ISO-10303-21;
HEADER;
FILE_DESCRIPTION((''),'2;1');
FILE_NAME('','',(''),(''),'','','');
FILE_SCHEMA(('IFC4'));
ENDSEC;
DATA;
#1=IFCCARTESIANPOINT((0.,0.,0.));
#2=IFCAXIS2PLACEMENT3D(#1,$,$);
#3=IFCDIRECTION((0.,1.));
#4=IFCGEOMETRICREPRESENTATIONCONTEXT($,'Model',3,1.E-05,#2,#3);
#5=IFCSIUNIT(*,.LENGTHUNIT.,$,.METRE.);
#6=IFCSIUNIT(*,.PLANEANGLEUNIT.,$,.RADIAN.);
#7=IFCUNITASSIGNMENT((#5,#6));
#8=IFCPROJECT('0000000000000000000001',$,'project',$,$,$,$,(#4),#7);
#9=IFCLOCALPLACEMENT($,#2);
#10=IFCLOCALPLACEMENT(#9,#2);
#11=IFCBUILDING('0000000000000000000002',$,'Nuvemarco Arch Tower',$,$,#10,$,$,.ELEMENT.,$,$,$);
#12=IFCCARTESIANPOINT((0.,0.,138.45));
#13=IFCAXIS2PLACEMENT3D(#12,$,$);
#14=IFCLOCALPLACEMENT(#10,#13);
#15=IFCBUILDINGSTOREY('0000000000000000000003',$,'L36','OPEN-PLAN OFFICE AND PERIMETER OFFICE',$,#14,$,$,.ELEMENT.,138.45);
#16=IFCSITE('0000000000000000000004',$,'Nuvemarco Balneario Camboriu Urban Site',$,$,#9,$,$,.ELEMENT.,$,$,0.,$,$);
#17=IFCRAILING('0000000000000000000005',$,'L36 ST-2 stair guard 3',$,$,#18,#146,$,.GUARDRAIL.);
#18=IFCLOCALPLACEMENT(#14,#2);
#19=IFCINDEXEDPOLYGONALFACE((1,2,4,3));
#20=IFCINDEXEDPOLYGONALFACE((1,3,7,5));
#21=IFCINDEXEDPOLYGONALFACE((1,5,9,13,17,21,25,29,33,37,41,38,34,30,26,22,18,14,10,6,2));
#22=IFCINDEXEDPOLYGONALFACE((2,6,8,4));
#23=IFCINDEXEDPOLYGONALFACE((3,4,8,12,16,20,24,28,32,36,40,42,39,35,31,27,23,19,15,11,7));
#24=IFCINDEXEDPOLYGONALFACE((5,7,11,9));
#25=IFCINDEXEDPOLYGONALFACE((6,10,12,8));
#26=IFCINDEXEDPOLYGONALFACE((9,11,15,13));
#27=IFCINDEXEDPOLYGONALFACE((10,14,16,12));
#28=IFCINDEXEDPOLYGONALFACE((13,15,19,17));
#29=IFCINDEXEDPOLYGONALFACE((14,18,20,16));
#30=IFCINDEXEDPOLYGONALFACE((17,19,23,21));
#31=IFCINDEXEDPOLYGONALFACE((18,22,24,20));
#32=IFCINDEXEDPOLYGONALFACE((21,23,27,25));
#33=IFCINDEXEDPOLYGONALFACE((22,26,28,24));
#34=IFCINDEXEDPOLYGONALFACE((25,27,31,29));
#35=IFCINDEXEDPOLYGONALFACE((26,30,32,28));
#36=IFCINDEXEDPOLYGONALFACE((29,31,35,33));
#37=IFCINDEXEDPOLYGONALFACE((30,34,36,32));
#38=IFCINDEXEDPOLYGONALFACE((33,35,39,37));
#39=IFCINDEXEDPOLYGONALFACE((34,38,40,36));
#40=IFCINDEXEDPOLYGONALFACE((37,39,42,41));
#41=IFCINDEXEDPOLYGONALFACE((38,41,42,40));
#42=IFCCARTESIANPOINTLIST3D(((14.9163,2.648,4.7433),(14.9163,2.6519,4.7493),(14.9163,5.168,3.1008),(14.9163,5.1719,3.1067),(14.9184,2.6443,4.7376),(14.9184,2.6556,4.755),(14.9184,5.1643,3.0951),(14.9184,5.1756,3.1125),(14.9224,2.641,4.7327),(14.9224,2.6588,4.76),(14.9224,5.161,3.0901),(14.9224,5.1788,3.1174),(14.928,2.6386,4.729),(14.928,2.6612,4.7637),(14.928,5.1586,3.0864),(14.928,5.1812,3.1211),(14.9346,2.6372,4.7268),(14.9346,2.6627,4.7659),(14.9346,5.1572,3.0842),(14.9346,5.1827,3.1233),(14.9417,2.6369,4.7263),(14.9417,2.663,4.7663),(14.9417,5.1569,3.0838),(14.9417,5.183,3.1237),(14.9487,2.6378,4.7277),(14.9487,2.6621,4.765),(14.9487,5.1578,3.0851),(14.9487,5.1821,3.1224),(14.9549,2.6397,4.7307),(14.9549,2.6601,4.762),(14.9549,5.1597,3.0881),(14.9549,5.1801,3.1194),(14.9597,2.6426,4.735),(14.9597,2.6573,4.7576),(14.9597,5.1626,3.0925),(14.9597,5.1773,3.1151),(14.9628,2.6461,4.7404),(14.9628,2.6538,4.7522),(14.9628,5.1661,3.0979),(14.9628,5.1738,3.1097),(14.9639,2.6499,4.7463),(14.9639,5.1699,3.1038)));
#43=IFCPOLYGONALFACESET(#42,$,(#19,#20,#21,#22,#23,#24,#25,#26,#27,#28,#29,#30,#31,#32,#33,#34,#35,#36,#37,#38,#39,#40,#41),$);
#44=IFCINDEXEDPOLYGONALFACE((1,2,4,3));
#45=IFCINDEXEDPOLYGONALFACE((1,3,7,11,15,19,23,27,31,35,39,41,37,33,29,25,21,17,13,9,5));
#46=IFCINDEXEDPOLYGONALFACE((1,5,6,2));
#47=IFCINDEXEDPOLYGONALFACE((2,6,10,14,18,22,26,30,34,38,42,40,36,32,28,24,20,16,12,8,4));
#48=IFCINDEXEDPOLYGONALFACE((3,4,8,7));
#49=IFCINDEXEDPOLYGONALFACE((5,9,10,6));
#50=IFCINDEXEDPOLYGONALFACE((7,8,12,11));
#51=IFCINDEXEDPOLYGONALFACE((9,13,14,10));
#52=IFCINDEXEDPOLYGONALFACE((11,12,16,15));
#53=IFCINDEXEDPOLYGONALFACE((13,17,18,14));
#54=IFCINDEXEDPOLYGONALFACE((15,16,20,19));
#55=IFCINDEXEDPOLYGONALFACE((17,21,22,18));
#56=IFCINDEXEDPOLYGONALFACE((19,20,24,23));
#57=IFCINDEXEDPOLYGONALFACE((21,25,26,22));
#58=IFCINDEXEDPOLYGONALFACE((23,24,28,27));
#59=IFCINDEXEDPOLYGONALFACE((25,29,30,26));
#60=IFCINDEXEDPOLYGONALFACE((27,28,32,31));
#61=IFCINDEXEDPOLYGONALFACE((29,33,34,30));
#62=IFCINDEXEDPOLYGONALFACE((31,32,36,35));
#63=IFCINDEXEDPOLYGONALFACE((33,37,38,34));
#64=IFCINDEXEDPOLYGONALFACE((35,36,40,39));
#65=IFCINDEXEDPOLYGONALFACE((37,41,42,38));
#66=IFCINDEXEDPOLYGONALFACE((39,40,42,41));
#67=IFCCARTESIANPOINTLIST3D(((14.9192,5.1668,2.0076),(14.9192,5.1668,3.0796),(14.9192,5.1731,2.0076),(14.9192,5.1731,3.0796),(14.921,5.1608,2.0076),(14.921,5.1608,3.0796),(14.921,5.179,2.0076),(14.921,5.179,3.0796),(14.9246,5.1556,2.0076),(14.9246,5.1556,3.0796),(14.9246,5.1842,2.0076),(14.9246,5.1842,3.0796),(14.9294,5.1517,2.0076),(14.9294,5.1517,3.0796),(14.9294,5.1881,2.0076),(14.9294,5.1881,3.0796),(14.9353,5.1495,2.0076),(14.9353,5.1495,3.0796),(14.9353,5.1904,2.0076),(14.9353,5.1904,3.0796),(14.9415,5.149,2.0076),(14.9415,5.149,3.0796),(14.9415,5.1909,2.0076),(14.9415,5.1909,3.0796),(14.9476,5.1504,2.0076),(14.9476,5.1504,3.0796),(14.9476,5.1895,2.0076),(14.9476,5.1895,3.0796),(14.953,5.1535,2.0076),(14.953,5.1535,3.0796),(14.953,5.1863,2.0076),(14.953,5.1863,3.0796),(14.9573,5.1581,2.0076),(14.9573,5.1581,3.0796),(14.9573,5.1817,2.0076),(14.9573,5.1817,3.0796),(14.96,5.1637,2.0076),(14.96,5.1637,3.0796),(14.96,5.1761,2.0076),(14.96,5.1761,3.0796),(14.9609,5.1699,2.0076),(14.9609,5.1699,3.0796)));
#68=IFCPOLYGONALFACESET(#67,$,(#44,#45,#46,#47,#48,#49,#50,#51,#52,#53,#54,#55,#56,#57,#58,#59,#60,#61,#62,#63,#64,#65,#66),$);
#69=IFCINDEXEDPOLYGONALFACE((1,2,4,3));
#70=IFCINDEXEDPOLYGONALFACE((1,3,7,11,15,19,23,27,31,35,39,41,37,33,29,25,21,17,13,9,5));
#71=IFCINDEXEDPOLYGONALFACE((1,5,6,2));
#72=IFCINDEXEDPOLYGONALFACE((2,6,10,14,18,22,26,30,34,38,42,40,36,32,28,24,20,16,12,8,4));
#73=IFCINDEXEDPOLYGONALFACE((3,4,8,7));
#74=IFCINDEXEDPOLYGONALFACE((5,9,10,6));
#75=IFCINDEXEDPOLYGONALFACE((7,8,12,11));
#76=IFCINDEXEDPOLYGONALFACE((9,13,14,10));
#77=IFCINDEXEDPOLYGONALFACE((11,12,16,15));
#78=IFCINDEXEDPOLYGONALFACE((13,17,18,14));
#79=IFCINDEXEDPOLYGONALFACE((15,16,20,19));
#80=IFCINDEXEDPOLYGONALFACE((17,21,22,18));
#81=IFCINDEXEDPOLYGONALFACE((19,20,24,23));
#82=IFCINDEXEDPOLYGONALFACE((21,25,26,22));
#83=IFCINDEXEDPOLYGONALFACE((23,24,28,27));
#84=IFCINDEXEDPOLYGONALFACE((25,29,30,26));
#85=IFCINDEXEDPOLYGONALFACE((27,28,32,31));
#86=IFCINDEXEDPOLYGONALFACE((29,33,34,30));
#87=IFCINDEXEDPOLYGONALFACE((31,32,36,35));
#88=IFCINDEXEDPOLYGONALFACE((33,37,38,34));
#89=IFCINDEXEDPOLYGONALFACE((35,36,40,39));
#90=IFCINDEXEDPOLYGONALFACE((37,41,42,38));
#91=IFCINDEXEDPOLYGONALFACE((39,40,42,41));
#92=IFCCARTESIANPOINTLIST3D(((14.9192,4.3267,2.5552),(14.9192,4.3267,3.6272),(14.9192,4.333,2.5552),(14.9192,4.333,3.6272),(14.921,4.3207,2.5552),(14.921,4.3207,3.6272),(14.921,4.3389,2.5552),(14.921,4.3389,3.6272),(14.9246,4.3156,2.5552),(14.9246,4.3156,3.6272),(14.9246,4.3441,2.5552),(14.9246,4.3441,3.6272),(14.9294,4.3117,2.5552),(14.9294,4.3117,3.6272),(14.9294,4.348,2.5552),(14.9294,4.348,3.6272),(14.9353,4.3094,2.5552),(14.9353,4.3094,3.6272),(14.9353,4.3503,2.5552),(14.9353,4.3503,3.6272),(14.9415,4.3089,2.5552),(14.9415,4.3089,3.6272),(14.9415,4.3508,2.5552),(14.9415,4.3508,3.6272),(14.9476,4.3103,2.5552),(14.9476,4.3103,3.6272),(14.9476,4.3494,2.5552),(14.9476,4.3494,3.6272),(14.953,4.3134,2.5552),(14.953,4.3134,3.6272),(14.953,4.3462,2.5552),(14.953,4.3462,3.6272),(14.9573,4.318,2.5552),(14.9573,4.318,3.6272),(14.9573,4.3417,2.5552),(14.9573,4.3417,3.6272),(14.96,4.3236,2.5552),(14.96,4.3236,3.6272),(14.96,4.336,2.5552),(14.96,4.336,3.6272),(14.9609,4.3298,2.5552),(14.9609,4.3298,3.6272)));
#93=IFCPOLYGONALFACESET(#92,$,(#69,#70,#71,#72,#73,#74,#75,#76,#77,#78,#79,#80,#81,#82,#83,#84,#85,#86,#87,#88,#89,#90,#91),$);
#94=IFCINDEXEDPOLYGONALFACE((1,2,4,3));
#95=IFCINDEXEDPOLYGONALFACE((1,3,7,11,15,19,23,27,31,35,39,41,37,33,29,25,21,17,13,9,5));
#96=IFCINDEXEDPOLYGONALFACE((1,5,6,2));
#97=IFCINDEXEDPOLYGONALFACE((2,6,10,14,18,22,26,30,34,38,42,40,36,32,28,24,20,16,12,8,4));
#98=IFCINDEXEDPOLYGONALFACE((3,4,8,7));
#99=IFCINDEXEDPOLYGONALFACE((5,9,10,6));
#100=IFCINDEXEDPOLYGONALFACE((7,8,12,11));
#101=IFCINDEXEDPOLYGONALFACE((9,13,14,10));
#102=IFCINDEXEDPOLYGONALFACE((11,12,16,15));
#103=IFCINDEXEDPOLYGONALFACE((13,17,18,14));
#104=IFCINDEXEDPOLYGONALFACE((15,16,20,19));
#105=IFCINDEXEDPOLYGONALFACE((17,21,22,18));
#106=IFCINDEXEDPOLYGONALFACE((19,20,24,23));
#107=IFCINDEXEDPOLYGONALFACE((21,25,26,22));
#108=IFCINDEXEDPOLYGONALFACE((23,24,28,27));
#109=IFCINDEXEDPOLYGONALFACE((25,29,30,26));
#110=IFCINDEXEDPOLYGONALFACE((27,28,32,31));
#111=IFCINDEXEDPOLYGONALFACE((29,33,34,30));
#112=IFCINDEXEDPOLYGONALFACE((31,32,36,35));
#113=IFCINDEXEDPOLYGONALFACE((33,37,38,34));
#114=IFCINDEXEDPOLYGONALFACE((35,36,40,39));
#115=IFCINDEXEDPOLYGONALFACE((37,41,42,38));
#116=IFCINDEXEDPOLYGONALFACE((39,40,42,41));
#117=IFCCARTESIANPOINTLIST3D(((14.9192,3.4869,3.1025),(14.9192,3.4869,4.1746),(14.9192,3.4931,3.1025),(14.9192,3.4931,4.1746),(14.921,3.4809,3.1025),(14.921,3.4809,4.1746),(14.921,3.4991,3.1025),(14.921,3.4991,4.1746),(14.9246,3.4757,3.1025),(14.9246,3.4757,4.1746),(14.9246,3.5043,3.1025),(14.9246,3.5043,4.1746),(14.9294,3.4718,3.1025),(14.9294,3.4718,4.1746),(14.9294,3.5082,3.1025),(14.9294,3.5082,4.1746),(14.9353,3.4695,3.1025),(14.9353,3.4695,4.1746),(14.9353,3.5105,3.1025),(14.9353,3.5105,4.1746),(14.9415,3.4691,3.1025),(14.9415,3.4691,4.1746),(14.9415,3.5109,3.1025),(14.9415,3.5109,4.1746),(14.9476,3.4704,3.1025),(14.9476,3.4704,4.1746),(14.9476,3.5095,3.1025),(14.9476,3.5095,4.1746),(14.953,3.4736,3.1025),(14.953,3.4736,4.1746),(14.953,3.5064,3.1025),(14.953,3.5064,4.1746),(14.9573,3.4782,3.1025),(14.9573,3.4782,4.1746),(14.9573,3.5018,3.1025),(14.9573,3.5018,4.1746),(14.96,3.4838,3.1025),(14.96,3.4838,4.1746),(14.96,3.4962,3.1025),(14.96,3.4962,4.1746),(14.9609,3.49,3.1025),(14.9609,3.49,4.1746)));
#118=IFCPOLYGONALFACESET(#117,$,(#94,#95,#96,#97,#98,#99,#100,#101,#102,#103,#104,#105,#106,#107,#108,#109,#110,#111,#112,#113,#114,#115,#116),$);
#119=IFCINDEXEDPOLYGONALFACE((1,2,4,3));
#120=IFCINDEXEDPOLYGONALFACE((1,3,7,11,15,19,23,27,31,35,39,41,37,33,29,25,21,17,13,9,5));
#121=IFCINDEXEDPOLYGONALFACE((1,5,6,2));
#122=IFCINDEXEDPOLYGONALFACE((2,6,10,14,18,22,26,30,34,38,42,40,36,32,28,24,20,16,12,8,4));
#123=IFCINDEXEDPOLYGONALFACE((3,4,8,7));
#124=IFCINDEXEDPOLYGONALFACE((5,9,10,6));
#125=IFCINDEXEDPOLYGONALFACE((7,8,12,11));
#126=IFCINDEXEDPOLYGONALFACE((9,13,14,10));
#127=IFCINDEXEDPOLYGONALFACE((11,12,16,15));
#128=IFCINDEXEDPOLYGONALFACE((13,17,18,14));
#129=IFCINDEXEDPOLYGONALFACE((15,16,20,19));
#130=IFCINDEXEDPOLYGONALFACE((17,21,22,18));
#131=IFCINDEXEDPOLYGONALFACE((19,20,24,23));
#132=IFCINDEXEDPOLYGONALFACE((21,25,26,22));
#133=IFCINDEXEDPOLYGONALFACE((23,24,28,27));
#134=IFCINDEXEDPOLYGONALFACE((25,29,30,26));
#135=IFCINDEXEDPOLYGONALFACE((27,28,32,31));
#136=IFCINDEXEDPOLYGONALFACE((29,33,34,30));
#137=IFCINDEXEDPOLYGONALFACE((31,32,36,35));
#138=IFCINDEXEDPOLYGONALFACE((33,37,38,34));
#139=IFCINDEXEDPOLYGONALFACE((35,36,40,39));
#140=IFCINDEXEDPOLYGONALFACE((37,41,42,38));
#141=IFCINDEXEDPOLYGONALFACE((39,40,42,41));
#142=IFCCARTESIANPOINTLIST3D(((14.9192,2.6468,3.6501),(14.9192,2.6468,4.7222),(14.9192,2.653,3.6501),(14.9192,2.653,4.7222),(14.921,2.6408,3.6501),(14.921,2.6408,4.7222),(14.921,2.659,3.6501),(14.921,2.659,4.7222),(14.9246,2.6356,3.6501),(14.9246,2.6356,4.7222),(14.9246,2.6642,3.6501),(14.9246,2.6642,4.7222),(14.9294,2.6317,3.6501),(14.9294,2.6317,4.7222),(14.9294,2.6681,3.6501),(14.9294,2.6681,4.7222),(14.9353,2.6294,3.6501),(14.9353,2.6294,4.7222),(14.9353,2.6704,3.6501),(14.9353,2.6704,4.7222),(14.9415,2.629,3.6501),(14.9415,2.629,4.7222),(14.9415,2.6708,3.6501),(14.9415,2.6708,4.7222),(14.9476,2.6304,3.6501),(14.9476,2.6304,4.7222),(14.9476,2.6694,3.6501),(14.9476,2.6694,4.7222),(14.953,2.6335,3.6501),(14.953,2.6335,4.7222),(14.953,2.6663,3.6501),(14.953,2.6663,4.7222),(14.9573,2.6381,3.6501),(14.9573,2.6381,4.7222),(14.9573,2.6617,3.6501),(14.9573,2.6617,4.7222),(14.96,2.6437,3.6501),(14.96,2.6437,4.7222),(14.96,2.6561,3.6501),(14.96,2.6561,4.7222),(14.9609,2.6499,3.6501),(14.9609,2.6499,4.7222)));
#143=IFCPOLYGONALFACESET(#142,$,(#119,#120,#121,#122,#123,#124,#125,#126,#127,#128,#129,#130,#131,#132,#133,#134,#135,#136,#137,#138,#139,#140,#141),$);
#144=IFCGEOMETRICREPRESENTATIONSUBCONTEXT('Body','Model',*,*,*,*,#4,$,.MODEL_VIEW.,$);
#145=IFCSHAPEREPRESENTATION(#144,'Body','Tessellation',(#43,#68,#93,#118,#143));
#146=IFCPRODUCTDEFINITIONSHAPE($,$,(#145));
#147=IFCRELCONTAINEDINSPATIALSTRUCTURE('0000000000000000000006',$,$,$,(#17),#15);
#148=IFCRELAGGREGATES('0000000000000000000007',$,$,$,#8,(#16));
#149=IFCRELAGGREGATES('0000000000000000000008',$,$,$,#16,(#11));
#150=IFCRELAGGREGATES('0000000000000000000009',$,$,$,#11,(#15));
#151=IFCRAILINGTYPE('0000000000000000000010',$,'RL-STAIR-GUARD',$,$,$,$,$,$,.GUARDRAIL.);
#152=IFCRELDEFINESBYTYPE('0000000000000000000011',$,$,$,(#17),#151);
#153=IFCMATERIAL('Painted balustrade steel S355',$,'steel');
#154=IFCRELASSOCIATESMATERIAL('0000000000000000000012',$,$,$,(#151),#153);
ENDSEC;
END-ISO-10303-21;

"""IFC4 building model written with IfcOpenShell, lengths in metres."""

from ifc_helpers import new_model, si_unit, direction, frame, origin, origin_2d, place, context, subcontext, project, spatial, circle, extrude, material, type_object, element, save


model = new_model("IFC4")

# Units and contexts
model_context = context("Model", 3, precision=1e-05, world=origin(), true_north=direction((0.0, 1.0)))
body_context = subcontext(model_context, "Body", "Model", "MODEL_VIEW")
ifc_project = project(units=[si_unit("LENGTHUNIT", "METRE"), si_unit("PLANEANGLEUNIT", "RADIAN")], contexts=[model_context])

# Site, building, storey
site_placement = place(None, origin())
site = spatial("IfcSite", under=ifc_project, at=site_placement, Name="Nuvemarco Balneario Camboriu Urban Site", CompositionType="ELEMENT", RefElevation=0.0)
building_placement = place(site_placement, origin())
building = spatial("IfcBuilding", under=site, at=building_placement, Name="Nuvemarco Arch Tower", CompositionType="ELEMENT")
storey_placement = place(building_placement, frame((0.0, 0.0, 138.45)))
storey = spatial("IfcBuildingStorey", under=building, at=storey_placement, Name="L36", Description="OPEN-PLAN OFFICE AND PERIMETER OFFICE", CompositionType="ELEMENT", Elevation=138.45)

# Railing
ifc_material_1 = material(Name="Painted balustrade steel S355", Category="steel")
railing_type_1 = type_object("IfcRailingType", Name="RL-STAIR-GUARD", PredefinedType="GUARDRAIL", material=ifc_material_1)
railing_1_placement = place(storey_placement, frame((14.9399, 5.1699, 2.0076)))
element("IfcRailing", 1, at=railing_1_placement, inside=storey, type_object=railing_type_1, Name="L36 ST-2 stair guard 3", PredefinedType="GUARDRAIL", context=body_context, shape_type="SweptSolid", body=[
    extrude(circle(Radius=0.0239, at=origin_2d()), frame((0.0, 0.0, 1.0962), z_axis=(0.0, -0.837749, 0.546055), x_axis=(1.0, 0.0, 0.0)), (0.0, 0.0, 1.0), 3.0081),
    extrude(circle(Radius=0.021, at=origin_2d()), origin(), (0.0, 0.0, 1.0), 1.072),
    extrude(circle(Radius=0.021, at=origin_2d()), frame((0.0, -0.8401, 0.5476)), (0.0, 0.0, 1.0), 1.072),
    extrude(circle(Radius=0.021, at=origin_2d()), frame((0.0, -1.6799, 1.095)), (0.0, 0.0, 1.0), 1.072),
    extrude(circle(Radius=0.021, at=origin_2d()), frame((0.0, -2.52, 1.6426)), (0.0, 0.0, 1.0), 1.072),
])

save(model, "model.ifc")
